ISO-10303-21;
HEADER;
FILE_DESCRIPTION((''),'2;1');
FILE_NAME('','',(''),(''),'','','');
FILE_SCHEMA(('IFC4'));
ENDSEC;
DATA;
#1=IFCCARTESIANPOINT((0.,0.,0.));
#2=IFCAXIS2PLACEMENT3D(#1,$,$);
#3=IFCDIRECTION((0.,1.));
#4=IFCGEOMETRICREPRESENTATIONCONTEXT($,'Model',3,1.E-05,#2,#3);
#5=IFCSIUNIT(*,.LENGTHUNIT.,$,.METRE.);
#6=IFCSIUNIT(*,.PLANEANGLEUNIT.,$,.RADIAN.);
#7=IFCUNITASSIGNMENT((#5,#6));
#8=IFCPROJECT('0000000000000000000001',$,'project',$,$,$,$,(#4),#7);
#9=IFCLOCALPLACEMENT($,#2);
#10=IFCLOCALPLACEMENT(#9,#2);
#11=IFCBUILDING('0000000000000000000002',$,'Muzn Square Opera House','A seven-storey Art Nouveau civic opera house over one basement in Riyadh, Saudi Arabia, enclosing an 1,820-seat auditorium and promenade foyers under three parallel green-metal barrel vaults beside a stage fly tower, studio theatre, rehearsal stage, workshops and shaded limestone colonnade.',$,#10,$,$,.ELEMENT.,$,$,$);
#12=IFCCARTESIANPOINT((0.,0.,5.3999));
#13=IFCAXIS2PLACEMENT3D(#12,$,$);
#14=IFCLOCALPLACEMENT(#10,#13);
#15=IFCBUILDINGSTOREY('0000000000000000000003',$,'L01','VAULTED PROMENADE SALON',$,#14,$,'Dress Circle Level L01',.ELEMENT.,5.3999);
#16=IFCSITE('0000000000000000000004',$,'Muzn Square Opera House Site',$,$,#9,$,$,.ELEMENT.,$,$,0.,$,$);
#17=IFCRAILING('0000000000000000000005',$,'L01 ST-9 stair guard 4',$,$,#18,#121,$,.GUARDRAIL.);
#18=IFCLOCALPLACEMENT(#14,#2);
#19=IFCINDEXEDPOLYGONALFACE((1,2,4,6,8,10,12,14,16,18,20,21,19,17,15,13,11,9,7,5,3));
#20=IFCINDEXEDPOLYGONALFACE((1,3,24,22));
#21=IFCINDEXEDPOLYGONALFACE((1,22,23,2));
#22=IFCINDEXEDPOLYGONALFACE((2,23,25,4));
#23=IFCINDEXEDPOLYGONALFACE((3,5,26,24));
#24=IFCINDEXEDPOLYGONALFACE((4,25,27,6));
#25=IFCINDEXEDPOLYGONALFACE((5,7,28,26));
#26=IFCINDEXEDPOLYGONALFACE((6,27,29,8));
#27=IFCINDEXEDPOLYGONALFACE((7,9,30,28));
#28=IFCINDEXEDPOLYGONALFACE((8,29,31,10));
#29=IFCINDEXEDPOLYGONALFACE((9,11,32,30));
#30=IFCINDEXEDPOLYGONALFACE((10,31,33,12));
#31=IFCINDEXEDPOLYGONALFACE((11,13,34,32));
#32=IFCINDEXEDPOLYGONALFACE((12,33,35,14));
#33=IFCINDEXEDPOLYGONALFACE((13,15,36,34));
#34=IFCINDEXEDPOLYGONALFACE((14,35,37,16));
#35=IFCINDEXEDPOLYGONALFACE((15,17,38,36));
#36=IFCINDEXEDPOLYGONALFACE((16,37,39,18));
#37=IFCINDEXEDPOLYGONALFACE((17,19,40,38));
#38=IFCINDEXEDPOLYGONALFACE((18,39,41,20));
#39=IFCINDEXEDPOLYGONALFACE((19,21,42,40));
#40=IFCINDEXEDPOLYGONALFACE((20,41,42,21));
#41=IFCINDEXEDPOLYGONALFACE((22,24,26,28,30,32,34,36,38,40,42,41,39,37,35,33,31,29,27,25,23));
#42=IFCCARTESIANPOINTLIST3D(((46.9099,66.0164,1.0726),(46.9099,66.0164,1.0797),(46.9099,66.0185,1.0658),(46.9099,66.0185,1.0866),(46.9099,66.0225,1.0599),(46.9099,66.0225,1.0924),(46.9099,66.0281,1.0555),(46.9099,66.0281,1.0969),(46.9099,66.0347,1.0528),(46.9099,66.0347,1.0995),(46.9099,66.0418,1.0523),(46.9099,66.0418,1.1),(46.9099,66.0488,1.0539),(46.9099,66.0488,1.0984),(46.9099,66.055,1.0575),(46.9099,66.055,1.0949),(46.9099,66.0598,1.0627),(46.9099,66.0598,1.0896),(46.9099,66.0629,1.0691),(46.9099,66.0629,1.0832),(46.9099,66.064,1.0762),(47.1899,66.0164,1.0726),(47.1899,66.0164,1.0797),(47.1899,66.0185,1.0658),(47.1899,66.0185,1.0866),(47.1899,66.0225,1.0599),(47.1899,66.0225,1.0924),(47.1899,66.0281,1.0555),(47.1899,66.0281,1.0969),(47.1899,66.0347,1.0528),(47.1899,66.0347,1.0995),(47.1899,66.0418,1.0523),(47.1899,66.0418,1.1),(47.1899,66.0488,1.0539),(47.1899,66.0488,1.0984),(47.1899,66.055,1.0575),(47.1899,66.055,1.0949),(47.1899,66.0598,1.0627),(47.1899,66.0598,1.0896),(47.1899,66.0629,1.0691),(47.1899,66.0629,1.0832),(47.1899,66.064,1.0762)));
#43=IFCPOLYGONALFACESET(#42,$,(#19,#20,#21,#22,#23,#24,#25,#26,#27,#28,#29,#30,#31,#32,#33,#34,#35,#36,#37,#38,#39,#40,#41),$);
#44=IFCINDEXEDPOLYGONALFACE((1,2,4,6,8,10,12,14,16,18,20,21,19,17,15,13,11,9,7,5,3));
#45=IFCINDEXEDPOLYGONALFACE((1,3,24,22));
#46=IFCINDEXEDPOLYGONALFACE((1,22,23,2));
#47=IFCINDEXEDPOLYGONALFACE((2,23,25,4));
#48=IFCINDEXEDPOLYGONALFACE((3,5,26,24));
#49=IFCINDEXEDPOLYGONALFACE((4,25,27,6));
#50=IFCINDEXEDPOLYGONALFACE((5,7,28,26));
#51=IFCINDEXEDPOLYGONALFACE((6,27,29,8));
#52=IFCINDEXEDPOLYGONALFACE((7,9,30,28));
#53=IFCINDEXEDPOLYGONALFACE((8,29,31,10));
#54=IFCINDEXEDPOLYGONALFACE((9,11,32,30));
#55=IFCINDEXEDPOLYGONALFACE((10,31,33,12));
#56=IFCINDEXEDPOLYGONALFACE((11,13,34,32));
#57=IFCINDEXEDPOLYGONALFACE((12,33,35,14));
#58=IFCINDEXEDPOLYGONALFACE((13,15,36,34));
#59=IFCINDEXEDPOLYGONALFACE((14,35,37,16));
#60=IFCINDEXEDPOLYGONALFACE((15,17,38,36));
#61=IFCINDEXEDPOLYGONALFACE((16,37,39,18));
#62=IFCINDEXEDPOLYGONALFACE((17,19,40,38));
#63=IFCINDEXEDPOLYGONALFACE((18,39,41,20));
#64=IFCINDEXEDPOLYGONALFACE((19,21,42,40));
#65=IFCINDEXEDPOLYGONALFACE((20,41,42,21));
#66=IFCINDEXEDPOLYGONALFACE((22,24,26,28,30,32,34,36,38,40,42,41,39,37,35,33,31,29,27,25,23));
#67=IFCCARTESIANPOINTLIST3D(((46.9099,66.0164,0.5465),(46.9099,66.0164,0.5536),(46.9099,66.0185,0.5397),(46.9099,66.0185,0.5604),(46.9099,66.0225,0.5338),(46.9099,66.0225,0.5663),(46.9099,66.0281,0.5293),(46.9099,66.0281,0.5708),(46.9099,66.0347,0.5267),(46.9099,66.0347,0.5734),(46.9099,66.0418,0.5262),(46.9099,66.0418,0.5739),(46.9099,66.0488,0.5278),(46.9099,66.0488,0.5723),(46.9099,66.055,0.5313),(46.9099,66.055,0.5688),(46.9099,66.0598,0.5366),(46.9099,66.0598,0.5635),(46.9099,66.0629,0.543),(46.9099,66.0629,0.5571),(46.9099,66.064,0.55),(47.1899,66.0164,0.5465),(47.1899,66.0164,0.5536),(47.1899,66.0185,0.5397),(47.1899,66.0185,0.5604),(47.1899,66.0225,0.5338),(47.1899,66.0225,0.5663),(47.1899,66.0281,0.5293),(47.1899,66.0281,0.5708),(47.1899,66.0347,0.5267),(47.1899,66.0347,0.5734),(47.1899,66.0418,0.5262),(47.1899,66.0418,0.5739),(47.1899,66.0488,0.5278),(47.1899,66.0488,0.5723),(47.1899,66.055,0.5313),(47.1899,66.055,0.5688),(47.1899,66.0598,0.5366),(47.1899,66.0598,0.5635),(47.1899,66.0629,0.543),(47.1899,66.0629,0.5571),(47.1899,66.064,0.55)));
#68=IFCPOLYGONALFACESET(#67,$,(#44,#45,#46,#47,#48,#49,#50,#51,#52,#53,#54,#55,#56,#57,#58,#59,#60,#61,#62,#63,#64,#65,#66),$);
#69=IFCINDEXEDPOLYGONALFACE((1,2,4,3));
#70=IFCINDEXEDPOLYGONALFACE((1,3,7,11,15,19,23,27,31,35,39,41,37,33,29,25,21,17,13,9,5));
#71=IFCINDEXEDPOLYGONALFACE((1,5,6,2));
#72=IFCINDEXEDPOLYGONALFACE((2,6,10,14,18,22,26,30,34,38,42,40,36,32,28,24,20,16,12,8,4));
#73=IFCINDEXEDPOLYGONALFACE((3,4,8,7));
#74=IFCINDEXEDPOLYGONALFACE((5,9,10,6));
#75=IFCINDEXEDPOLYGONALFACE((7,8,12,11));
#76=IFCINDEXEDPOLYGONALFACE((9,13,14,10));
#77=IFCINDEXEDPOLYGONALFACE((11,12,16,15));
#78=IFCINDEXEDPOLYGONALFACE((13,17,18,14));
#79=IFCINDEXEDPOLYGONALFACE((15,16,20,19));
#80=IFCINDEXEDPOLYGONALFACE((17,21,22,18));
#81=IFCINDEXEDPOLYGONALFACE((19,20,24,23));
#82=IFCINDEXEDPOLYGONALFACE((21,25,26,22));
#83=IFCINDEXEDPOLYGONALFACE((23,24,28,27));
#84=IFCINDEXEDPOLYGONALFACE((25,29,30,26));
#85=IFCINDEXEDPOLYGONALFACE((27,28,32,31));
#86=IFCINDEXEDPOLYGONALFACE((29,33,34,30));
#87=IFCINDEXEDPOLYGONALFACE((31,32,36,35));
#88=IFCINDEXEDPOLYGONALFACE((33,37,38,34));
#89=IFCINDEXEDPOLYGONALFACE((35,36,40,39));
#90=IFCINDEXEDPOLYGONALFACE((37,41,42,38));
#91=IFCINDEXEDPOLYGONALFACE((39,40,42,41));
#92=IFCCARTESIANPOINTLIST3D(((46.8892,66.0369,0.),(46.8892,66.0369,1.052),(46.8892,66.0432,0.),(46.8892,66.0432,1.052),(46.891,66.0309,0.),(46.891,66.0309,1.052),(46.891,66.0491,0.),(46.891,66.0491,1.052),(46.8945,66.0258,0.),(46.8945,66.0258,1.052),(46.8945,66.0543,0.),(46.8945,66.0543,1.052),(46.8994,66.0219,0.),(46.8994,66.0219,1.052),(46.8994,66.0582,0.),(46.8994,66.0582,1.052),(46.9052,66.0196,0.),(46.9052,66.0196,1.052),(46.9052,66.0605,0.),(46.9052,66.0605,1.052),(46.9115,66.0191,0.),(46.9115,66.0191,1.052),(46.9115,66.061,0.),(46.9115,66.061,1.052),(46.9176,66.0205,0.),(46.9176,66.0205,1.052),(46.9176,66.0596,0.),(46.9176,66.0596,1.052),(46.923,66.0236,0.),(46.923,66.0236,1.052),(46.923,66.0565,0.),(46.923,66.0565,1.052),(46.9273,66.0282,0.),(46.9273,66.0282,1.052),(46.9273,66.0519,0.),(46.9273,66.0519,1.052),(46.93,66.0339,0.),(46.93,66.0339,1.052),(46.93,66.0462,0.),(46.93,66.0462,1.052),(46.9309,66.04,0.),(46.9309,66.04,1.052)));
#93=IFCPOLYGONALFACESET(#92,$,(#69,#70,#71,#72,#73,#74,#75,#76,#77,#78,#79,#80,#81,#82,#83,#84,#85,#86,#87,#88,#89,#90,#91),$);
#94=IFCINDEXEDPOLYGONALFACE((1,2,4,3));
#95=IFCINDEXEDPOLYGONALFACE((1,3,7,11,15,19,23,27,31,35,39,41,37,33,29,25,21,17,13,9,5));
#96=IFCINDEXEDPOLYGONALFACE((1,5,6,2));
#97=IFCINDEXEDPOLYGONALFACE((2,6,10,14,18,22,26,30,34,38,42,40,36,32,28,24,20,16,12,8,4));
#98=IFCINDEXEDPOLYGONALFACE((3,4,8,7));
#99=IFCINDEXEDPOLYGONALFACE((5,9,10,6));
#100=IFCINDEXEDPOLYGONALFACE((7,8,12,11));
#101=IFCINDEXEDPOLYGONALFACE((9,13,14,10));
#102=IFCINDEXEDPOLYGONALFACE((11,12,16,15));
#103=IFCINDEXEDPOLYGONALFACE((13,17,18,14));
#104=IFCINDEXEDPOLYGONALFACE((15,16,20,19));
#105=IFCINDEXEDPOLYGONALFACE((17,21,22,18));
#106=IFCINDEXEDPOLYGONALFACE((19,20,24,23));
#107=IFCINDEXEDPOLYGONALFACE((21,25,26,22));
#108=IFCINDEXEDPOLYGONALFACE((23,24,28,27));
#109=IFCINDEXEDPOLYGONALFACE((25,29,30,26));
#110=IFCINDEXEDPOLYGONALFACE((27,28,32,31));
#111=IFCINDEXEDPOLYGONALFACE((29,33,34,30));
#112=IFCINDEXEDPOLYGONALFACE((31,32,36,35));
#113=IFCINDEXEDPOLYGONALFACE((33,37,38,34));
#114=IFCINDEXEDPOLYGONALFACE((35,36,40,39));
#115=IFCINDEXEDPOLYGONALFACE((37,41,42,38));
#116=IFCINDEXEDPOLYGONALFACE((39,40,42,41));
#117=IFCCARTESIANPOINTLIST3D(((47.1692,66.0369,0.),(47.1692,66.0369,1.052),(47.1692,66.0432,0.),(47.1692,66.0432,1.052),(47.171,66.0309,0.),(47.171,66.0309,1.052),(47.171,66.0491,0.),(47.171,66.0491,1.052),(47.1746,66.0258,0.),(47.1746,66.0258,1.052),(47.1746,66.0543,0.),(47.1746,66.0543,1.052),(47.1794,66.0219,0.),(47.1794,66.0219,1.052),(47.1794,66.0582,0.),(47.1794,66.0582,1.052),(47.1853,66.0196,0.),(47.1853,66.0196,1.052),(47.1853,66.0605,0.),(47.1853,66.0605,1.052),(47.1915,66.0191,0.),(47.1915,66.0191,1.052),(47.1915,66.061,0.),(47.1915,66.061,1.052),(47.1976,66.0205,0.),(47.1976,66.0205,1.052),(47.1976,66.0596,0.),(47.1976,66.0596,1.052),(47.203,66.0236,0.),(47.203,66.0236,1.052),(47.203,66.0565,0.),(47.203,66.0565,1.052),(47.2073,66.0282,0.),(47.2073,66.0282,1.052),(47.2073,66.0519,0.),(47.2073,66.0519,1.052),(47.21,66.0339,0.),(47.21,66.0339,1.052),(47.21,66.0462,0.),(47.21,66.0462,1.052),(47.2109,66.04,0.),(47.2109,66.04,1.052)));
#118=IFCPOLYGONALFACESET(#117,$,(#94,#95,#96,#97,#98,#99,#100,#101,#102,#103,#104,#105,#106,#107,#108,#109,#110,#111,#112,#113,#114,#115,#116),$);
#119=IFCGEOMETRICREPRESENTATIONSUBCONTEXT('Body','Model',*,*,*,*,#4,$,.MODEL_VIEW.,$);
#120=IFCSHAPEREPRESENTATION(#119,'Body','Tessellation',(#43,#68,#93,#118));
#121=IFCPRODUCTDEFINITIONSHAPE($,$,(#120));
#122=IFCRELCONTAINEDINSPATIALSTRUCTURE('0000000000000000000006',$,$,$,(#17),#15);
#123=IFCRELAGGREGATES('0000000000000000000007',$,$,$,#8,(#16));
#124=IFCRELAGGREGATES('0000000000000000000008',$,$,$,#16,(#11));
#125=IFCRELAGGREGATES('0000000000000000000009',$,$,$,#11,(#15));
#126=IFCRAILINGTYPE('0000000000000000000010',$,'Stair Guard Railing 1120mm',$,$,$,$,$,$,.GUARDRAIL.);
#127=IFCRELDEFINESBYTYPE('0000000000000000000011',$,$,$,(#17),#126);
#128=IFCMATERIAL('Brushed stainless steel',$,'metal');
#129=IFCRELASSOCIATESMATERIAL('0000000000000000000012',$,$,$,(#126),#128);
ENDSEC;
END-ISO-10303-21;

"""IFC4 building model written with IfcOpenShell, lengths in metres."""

from ifc_helpers import new_model, si_unit, direction, frame, origin, origin_2d, place, context, subcontext, project, spatial, circle, extrude, material, type_object, element, save


model = new_model("IFC4")

# Units and contexts
model_context = context("Model", 3, precision=1e-05, world=origin(), true_north=direction((0.0, 1.0)))
body_context = subcontext(model_context, "Body", "Model", "MODEL_VIEW")
ifc_project = project(units=[si_unit("LENGTHUNIT", "METRE"), si_unit("PLANEANGLEUNIT", "RADIAN")], contexts=[model_context])

# Site, building, storey
site_placement = place(None, origin())
site = spatial("IfcSite", under=ifc_project, at=site_placement, Name="Muzn Square Opera House Site", CompositionType="ELEMENT", RefElevation=0.0)
building_placement = place(site_placement, origin())
building = spatial("IfcBuilding", under=site, at=building_placement, Name="Muzn Square Opera House", Description="A seven-storey Art Nouveau civic opera house over one basement in Riyadh, Saudi Arabia, enclosing an 1,820-seat auditorium and promenade foyers under three parallel green-metal barrel vaults beside a stage fly tower, studio theatre, rehearsal stage, workshops and shaded limestone colonnade.", CompositionType="ELEMENT")
storey_placement = place(building_placement, frame((0.0, 0.0, 5.3999)))
storey = spatial("IfcBuildingStorey", under=building, at=storey_placement, Name="L01", Description="VAULTED PROMENADE SALON", LongName="Dress Circle Level L01", CompositionType="ELEMENT", Elevation=5.3999)

# Railing
ifc_material_1 = material(Name="Brushed stainless steel", Category="metal")
railing_type_1 = type_object("IfcRailingType", Name="Stair Guard Railing 1120mm", PredefinedType="GUARDRAIL", material=ifc_material_1)
railing_1_placement = place(storey_placement, frame((46.9099, 66.04, 0.0)))
element("IfcRailing", 1, at=railing_1_placement, inside=storey, type_object=railing_type_1, Name="L01 ST-9 stair guard 4", PredefinedType="GUARDRAIL", context=body_context, shape_type="SweptSolid", body=[
    extrude(circle(Radius=0.0239, at=origin_2d()), frame((0.0, 0.0, 1.0762), z_axis=(1.0, 0.0, 0.0), x_axis=(0.0, 1.0, 0.0)), (0.0, 0.0, 1.0), 0.28),
    extrude(circle(Radius=0.0239, at=origin_2d()), frame((0.0, 0.0, 0.55), z_axis=(1.0, 0.0, 0.0), x_axis=(0.0, 1.0, 0.0)), (0.0, 0.0, 1.0), 0.28),
    extrude(circle(Radius=0.021, at=origin_2d()), origin(), (0.0, 0.0, 1.0), 1.052),
    extrude(circle(Radius=0.021, at=origin_2d()), frame((0.28, 0.0, 0.0)), (0.0, 0.0, 1.0), 1.052),
])

save(model, "model.ifc")
